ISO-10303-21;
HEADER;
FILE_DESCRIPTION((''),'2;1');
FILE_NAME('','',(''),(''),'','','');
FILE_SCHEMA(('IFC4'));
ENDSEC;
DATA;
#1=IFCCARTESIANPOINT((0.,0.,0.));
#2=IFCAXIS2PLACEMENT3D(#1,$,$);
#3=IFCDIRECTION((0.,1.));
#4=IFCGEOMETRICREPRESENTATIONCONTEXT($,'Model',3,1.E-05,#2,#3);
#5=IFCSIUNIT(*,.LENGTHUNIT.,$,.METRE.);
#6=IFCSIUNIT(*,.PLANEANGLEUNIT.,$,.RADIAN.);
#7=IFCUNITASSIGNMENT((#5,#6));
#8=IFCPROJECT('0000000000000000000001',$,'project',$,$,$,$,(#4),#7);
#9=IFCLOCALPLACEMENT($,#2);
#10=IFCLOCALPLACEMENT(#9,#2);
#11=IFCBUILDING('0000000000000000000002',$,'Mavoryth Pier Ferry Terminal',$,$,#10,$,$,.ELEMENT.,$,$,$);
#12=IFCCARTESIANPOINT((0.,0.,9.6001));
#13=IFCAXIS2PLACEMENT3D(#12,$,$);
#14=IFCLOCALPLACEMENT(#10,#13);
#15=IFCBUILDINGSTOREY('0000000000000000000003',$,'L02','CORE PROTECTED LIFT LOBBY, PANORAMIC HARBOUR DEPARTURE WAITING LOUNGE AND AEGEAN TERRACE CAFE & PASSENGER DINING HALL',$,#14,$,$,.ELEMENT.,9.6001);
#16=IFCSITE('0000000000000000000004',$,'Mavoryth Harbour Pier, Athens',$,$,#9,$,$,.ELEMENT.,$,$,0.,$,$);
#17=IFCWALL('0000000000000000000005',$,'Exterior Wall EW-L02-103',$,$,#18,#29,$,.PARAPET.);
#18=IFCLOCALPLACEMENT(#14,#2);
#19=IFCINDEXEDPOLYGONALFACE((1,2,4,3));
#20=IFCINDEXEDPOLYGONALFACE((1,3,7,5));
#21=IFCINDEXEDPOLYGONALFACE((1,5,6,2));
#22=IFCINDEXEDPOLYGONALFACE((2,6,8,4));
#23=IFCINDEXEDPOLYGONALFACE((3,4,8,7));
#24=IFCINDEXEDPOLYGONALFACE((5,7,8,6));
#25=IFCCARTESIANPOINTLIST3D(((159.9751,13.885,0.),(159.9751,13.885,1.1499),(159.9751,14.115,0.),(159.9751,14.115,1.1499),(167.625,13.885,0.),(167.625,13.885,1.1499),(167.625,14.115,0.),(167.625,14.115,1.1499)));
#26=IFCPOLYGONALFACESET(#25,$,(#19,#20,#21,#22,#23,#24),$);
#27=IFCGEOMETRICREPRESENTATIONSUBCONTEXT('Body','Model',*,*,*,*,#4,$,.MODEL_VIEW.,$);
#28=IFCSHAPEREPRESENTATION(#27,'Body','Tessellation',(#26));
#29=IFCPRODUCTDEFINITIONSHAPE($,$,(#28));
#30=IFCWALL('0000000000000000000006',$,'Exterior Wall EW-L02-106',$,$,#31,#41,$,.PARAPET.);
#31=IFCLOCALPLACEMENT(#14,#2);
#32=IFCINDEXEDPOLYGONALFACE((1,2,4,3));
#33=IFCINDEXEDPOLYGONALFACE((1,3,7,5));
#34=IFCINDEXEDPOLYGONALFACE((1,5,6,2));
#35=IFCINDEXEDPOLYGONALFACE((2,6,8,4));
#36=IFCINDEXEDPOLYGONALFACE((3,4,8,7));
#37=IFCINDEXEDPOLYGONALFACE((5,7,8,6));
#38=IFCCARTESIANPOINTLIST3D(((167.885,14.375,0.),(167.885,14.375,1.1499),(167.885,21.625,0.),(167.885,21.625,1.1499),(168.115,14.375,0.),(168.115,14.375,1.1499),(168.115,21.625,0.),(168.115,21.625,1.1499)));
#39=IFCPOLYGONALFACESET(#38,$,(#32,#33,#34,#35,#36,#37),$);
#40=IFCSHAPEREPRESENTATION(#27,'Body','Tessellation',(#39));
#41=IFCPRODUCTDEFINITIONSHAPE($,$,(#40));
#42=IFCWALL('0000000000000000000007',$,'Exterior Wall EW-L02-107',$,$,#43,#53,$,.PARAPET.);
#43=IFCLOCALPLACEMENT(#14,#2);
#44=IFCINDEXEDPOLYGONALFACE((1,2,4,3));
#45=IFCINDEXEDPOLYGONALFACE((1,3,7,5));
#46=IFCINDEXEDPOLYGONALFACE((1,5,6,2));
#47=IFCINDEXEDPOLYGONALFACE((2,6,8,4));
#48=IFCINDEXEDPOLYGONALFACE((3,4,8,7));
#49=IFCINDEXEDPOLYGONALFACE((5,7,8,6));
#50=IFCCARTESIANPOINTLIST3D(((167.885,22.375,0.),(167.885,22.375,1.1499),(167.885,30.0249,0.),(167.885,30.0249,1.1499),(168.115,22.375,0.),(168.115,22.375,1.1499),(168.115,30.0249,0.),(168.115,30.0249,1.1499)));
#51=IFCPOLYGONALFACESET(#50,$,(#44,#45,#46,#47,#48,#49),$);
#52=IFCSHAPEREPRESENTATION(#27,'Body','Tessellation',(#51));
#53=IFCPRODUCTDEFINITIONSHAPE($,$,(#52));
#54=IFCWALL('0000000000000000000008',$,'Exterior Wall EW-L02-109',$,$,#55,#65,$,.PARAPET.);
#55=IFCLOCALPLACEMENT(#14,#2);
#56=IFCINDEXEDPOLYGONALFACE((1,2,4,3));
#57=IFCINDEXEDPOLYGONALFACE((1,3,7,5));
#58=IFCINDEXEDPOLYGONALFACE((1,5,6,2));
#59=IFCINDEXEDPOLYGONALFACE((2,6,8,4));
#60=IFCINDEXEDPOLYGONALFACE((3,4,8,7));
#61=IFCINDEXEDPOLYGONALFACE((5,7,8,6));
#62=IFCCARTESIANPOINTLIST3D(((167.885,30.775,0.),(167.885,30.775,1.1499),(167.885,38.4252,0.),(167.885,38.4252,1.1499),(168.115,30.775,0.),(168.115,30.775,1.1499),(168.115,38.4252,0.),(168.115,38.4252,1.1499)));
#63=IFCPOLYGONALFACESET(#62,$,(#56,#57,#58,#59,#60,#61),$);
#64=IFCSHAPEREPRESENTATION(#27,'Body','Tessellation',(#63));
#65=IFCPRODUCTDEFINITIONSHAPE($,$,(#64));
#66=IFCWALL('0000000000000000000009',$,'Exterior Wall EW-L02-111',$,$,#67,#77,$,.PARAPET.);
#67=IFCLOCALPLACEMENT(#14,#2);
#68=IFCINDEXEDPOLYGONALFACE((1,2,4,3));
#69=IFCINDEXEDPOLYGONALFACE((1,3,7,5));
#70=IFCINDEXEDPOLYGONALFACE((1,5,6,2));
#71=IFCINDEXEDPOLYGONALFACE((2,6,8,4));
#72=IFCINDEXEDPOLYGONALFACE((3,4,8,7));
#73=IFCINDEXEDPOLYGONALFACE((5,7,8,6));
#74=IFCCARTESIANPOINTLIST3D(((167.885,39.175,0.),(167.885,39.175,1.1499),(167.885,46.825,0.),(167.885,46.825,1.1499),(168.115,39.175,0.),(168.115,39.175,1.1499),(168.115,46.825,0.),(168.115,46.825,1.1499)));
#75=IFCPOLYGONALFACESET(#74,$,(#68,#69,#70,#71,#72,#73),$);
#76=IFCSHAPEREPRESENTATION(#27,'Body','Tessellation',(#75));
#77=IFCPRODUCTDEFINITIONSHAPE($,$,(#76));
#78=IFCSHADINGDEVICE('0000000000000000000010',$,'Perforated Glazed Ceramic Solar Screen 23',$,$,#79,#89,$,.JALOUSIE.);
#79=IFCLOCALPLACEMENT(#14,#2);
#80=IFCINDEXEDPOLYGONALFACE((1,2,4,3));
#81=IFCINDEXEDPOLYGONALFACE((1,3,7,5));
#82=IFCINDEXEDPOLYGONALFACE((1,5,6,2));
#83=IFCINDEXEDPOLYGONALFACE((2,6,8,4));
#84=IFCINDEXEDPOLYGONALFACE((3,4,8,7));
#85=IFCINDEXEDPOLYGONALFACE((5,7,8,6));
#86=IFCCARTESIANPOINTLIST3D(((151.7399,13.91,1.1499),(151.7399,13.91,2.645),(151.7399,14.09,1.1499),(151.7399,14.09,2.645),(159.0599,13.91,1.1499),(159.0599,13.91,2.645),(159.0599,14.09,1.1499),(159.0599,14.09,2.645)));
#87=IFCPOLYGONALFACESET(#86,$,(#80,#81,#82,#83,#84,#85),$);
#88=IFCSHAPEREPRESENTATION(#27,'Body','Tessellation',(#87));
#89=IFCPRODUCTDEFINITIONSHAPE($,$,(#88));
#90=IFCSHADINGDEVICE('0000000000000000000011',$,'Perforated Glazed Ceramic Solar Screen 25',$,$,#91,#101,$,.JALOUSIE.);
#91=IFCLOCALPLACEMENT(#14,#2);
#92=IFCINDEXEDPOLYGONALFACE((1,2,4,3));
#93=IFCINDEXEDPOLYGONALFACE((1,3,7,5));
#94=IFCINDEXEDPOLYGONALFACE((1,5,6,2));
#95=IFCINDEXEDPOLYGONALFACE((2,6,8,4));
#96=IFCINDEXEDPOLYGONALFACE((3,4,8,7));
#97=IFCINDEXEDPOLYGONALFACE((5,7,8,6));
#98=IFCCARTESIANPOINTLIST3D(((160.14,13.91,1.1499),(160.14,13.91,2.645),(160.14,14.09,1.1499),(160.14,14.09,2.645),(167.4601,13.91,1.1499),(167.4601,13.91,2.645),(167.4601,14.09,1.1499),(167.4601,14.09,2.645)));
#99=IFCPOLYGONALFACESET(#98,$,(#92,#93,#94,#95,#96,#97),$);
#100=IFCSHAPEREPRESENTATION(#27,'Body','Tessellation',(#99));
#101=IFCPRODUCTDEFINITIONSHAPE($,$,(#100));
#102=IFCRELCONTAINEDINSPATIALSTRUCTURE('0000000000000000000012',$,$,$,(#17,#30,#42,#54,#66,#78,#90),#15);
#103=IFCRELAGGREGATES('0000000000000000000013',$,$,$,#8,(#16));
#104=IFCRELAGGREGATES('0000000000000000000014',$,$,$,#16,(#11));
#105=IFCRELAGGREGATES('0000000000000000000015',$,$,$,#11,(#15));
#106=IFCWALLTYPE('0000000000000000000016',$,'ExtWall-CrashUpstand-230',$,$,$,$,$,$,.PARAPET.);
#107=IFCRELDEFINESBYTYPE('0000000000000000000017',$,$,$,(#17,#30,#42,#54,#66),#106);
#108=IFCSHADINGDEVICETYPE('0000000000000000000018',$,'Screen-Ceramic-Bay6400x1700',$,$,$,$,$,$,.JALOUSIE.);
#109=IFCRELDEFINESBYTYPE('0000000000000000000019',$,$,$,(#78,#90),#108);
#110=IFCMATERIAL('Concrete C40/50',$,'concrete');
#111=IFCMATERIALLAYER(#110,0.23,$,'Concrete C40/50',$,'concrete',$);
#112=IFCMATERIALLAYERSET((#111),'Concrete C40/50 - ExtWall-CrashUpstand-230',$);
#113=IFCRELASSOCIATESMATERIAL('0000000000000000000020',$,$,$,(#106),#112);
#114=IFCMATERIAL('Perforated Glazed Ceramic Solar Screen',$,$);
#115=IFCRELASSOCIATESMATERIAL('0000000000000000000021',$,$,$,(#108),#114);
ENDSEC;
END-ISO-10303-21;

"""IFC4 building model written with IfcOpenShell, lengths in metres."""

from ifc_helpers import new_model, si_unit, direction, frame, frame_2d, origin, origin_2d, place, context, subcontext, project, spatial, rectangle, extrude, material, layer, layer_set, type_object, element, save


model = new_model("IFC4")

# Units and contexts
model_context = context("Model", 3, precision=1e-05, world=origin(), true_north=direction((0.0, 1.0)))
body_context = subcontext(model_context, "Body", "Model", "MODEL_VIEW")
ifc_project = project(units=[si_unit("LENGTHUNIT", "METRE"), si_unit("PLANEANGLEUNIT", "RADIAN")], contexts=[model_context])

# Site, building, storey
site_placement = place(None, origin())
site = spatial("IfcSite", under=ifc_project, at=site_placement, Name="Mavoryth Harbour Pier, Athens", CompositionType="ELEMENT", RefElevation=0.0)
building_placement = place(site_placement, origin())
building = spatial("IfcBuilding", under=site, at=building_placement, Name="Mavoryth Pier Ferry Terminal", CompositionType="ELEMENT")
storey_placement = place(building_placement, frame((0.0, 0.0, 9.6001)))
storey = spatial("IfcBuildingStorey", under=building, at=storey_placement, Name="L02", Description="CORE PROTECTED LIFT LOBBY, PANORAMIC HARBOUR DEPARTURE WAITING LOUNGE AND AEGEAN TERRACE CAFE & PASSENGER DINING HALL", CompositionType="ELEMENT", Elevation=9.6001)

# Shared definitions
ifc_material_1 = material(Name="Concrete C40/50", Category="concrete")

# Walls
ifc_layer = layer(ifc_material_1, 0.23, Name="Concrete C40/50", Category="concrete")
ifc_layer_set = layer_set([ifc_layer], Name="Concrete C40/50 - ExtWall-CrashUpstand-230")
wall_type = type_object("IfcWallType", Name="ExtWall-CrashUpstand-230", PredefinedType="PARAPET", material=ifc_layer_set)
wall_1_placement = place(storey_placement, frame((159.9751, 14.0, 0.0), z_axis=(0.0, 0.0, 1.0), x_axis=(1.0, 0.0, 0.0)))
element("IfcWall", 1, at=wall_1_placement, inside=storey, type_object=wall_type, Name="Exterior Wall EW-L02-103", PredefinedType="PARAPET", context=body_context, shape_type="SweptSolid", body=[
    extrude(rectangle(XDim=7.6499, YDim=0.23, at=frame_2d((3.825, 0.0))), origin(), (0.0, 0.0, 1.0), 1.1499),
])
wall_2_placement = place(storey_placement, frame((168.0, 14.375, 0.0), z_axis=(0.0, 0.0, 1.0), x_axis=(0.0, 1.0, 0.0)))
element("IfcWall", 2, at=wall_2_placement, inside=storey, type_object=wall_type, Name="Exterior Wall EW-L02-106", PredefinedType="PARAPET", context=body_context, shape_type="SweptSolid", body=[
    extrude(rectangle(XDim=7.25, YDim=0.23, at=frame_2d((3.625, 0.0))), origin(), (0.0, 0.0, 1.0), 1.1499),
])
wall_3_placement = place(storey_placement, frame((168.0, 22.375, 0.0), z_axis=(0.0, 0.0, 1.0), x_axis=(0.0, 1.0, 0.0)))
element("IfcWall", 3, at=wall_3_placement, inside=storey, type_object=wall_type, Name="Exterior Wall EW-L02-107", PredefinedType="PARAPET", context=body_context, shape_type="SweptSolid", body=[
    extrude(rectangle(XDim=7.6499, YDim=0.23, at=frame_2d((3.825, 0.0))), origin(), (0.0, 0.0, 1.0), 1.1499),
])
wall_4_placement = place(storey_placement, frame((168.0, 30.7749, 0.0), z_axis=(0.0, 0.0, 1.0), x_axis=(0.0, 1.0, 0.0)))
element("IfcWall", 4, at=wall_4_placement, inside=storey, type_object=wall_type, Name="Exterior Wall EW-L02-109", PredefinedType="PARAPET", context=body_context, shape_type="SweptSolid", body=[
    extrude(rectangle(XDim=7.6501, YDim=0.23, at=frame_2d((3.8252, 0.0))), origin(), (0.0, 0.0, 1.0), 1.1499),
])
wall_5_placement = place(storey_placement, frame((168.0, 39.175, 0.0), z_axis=(0.0, 0.0, 1.0), x_axis=(0.0, 1.0, 0.0)))
element("IfcWall", 5, at=wall_5_placement, inside=storey, type_object=wall_type, Name="Exterior Wall EW-L02-111", PredefinedType="PARAPET", context=body_context, shape_type="SweptSolid", body=[
    extrude(rectangle(XDim=7.6499, YDim=0.23, at=frame_2d((3.825, 0.0))), origin(), (0.0, 0.0, 1.0), 1.1499),
])

# Shading devices
ifc_material_2 = material(Name="Perforated Glazed Ceramic Solar Screen")
shading_device_type = type_object("IfcShadingDeviceType", Name="Screen-Ceramic-Bay6400x1700", PredefinedType="JALOUSIE", material=ifc_material_2)
for number, where, z_axis, x_axis, name in (
    (6, (155.3999, 14.0, 1.1499), (0.0, 0.0, 1.0), (1.0, 0.0, 0.0), "Perforated Glazed Ceramic Solar Screen 23"),
    (7, (163.8, 14.0, 1.1499), (0.0, 0.0, 1.0), (1.0, 0.0, 0.0), "Perforated Glazed Ceramic Solar Screen 25"),
):
    element("IfcShadingDevice", number, at=place(storey_placement, frame(where, z_axis=z_axis, x_axis=x_axis)), inside=storey, type_object=shading_device_type, Name=name, PredefinedType="JALOUSIE", context=body_context, shape_type="SweptSolid", body=[
        extrude(rectangle(XDim=7.3201, YDim=0.1799, at=origin_2d()), origin(), (0.0, 0.0, 1.0), 1.4951),
    ])

save(model, "model.ifc")
